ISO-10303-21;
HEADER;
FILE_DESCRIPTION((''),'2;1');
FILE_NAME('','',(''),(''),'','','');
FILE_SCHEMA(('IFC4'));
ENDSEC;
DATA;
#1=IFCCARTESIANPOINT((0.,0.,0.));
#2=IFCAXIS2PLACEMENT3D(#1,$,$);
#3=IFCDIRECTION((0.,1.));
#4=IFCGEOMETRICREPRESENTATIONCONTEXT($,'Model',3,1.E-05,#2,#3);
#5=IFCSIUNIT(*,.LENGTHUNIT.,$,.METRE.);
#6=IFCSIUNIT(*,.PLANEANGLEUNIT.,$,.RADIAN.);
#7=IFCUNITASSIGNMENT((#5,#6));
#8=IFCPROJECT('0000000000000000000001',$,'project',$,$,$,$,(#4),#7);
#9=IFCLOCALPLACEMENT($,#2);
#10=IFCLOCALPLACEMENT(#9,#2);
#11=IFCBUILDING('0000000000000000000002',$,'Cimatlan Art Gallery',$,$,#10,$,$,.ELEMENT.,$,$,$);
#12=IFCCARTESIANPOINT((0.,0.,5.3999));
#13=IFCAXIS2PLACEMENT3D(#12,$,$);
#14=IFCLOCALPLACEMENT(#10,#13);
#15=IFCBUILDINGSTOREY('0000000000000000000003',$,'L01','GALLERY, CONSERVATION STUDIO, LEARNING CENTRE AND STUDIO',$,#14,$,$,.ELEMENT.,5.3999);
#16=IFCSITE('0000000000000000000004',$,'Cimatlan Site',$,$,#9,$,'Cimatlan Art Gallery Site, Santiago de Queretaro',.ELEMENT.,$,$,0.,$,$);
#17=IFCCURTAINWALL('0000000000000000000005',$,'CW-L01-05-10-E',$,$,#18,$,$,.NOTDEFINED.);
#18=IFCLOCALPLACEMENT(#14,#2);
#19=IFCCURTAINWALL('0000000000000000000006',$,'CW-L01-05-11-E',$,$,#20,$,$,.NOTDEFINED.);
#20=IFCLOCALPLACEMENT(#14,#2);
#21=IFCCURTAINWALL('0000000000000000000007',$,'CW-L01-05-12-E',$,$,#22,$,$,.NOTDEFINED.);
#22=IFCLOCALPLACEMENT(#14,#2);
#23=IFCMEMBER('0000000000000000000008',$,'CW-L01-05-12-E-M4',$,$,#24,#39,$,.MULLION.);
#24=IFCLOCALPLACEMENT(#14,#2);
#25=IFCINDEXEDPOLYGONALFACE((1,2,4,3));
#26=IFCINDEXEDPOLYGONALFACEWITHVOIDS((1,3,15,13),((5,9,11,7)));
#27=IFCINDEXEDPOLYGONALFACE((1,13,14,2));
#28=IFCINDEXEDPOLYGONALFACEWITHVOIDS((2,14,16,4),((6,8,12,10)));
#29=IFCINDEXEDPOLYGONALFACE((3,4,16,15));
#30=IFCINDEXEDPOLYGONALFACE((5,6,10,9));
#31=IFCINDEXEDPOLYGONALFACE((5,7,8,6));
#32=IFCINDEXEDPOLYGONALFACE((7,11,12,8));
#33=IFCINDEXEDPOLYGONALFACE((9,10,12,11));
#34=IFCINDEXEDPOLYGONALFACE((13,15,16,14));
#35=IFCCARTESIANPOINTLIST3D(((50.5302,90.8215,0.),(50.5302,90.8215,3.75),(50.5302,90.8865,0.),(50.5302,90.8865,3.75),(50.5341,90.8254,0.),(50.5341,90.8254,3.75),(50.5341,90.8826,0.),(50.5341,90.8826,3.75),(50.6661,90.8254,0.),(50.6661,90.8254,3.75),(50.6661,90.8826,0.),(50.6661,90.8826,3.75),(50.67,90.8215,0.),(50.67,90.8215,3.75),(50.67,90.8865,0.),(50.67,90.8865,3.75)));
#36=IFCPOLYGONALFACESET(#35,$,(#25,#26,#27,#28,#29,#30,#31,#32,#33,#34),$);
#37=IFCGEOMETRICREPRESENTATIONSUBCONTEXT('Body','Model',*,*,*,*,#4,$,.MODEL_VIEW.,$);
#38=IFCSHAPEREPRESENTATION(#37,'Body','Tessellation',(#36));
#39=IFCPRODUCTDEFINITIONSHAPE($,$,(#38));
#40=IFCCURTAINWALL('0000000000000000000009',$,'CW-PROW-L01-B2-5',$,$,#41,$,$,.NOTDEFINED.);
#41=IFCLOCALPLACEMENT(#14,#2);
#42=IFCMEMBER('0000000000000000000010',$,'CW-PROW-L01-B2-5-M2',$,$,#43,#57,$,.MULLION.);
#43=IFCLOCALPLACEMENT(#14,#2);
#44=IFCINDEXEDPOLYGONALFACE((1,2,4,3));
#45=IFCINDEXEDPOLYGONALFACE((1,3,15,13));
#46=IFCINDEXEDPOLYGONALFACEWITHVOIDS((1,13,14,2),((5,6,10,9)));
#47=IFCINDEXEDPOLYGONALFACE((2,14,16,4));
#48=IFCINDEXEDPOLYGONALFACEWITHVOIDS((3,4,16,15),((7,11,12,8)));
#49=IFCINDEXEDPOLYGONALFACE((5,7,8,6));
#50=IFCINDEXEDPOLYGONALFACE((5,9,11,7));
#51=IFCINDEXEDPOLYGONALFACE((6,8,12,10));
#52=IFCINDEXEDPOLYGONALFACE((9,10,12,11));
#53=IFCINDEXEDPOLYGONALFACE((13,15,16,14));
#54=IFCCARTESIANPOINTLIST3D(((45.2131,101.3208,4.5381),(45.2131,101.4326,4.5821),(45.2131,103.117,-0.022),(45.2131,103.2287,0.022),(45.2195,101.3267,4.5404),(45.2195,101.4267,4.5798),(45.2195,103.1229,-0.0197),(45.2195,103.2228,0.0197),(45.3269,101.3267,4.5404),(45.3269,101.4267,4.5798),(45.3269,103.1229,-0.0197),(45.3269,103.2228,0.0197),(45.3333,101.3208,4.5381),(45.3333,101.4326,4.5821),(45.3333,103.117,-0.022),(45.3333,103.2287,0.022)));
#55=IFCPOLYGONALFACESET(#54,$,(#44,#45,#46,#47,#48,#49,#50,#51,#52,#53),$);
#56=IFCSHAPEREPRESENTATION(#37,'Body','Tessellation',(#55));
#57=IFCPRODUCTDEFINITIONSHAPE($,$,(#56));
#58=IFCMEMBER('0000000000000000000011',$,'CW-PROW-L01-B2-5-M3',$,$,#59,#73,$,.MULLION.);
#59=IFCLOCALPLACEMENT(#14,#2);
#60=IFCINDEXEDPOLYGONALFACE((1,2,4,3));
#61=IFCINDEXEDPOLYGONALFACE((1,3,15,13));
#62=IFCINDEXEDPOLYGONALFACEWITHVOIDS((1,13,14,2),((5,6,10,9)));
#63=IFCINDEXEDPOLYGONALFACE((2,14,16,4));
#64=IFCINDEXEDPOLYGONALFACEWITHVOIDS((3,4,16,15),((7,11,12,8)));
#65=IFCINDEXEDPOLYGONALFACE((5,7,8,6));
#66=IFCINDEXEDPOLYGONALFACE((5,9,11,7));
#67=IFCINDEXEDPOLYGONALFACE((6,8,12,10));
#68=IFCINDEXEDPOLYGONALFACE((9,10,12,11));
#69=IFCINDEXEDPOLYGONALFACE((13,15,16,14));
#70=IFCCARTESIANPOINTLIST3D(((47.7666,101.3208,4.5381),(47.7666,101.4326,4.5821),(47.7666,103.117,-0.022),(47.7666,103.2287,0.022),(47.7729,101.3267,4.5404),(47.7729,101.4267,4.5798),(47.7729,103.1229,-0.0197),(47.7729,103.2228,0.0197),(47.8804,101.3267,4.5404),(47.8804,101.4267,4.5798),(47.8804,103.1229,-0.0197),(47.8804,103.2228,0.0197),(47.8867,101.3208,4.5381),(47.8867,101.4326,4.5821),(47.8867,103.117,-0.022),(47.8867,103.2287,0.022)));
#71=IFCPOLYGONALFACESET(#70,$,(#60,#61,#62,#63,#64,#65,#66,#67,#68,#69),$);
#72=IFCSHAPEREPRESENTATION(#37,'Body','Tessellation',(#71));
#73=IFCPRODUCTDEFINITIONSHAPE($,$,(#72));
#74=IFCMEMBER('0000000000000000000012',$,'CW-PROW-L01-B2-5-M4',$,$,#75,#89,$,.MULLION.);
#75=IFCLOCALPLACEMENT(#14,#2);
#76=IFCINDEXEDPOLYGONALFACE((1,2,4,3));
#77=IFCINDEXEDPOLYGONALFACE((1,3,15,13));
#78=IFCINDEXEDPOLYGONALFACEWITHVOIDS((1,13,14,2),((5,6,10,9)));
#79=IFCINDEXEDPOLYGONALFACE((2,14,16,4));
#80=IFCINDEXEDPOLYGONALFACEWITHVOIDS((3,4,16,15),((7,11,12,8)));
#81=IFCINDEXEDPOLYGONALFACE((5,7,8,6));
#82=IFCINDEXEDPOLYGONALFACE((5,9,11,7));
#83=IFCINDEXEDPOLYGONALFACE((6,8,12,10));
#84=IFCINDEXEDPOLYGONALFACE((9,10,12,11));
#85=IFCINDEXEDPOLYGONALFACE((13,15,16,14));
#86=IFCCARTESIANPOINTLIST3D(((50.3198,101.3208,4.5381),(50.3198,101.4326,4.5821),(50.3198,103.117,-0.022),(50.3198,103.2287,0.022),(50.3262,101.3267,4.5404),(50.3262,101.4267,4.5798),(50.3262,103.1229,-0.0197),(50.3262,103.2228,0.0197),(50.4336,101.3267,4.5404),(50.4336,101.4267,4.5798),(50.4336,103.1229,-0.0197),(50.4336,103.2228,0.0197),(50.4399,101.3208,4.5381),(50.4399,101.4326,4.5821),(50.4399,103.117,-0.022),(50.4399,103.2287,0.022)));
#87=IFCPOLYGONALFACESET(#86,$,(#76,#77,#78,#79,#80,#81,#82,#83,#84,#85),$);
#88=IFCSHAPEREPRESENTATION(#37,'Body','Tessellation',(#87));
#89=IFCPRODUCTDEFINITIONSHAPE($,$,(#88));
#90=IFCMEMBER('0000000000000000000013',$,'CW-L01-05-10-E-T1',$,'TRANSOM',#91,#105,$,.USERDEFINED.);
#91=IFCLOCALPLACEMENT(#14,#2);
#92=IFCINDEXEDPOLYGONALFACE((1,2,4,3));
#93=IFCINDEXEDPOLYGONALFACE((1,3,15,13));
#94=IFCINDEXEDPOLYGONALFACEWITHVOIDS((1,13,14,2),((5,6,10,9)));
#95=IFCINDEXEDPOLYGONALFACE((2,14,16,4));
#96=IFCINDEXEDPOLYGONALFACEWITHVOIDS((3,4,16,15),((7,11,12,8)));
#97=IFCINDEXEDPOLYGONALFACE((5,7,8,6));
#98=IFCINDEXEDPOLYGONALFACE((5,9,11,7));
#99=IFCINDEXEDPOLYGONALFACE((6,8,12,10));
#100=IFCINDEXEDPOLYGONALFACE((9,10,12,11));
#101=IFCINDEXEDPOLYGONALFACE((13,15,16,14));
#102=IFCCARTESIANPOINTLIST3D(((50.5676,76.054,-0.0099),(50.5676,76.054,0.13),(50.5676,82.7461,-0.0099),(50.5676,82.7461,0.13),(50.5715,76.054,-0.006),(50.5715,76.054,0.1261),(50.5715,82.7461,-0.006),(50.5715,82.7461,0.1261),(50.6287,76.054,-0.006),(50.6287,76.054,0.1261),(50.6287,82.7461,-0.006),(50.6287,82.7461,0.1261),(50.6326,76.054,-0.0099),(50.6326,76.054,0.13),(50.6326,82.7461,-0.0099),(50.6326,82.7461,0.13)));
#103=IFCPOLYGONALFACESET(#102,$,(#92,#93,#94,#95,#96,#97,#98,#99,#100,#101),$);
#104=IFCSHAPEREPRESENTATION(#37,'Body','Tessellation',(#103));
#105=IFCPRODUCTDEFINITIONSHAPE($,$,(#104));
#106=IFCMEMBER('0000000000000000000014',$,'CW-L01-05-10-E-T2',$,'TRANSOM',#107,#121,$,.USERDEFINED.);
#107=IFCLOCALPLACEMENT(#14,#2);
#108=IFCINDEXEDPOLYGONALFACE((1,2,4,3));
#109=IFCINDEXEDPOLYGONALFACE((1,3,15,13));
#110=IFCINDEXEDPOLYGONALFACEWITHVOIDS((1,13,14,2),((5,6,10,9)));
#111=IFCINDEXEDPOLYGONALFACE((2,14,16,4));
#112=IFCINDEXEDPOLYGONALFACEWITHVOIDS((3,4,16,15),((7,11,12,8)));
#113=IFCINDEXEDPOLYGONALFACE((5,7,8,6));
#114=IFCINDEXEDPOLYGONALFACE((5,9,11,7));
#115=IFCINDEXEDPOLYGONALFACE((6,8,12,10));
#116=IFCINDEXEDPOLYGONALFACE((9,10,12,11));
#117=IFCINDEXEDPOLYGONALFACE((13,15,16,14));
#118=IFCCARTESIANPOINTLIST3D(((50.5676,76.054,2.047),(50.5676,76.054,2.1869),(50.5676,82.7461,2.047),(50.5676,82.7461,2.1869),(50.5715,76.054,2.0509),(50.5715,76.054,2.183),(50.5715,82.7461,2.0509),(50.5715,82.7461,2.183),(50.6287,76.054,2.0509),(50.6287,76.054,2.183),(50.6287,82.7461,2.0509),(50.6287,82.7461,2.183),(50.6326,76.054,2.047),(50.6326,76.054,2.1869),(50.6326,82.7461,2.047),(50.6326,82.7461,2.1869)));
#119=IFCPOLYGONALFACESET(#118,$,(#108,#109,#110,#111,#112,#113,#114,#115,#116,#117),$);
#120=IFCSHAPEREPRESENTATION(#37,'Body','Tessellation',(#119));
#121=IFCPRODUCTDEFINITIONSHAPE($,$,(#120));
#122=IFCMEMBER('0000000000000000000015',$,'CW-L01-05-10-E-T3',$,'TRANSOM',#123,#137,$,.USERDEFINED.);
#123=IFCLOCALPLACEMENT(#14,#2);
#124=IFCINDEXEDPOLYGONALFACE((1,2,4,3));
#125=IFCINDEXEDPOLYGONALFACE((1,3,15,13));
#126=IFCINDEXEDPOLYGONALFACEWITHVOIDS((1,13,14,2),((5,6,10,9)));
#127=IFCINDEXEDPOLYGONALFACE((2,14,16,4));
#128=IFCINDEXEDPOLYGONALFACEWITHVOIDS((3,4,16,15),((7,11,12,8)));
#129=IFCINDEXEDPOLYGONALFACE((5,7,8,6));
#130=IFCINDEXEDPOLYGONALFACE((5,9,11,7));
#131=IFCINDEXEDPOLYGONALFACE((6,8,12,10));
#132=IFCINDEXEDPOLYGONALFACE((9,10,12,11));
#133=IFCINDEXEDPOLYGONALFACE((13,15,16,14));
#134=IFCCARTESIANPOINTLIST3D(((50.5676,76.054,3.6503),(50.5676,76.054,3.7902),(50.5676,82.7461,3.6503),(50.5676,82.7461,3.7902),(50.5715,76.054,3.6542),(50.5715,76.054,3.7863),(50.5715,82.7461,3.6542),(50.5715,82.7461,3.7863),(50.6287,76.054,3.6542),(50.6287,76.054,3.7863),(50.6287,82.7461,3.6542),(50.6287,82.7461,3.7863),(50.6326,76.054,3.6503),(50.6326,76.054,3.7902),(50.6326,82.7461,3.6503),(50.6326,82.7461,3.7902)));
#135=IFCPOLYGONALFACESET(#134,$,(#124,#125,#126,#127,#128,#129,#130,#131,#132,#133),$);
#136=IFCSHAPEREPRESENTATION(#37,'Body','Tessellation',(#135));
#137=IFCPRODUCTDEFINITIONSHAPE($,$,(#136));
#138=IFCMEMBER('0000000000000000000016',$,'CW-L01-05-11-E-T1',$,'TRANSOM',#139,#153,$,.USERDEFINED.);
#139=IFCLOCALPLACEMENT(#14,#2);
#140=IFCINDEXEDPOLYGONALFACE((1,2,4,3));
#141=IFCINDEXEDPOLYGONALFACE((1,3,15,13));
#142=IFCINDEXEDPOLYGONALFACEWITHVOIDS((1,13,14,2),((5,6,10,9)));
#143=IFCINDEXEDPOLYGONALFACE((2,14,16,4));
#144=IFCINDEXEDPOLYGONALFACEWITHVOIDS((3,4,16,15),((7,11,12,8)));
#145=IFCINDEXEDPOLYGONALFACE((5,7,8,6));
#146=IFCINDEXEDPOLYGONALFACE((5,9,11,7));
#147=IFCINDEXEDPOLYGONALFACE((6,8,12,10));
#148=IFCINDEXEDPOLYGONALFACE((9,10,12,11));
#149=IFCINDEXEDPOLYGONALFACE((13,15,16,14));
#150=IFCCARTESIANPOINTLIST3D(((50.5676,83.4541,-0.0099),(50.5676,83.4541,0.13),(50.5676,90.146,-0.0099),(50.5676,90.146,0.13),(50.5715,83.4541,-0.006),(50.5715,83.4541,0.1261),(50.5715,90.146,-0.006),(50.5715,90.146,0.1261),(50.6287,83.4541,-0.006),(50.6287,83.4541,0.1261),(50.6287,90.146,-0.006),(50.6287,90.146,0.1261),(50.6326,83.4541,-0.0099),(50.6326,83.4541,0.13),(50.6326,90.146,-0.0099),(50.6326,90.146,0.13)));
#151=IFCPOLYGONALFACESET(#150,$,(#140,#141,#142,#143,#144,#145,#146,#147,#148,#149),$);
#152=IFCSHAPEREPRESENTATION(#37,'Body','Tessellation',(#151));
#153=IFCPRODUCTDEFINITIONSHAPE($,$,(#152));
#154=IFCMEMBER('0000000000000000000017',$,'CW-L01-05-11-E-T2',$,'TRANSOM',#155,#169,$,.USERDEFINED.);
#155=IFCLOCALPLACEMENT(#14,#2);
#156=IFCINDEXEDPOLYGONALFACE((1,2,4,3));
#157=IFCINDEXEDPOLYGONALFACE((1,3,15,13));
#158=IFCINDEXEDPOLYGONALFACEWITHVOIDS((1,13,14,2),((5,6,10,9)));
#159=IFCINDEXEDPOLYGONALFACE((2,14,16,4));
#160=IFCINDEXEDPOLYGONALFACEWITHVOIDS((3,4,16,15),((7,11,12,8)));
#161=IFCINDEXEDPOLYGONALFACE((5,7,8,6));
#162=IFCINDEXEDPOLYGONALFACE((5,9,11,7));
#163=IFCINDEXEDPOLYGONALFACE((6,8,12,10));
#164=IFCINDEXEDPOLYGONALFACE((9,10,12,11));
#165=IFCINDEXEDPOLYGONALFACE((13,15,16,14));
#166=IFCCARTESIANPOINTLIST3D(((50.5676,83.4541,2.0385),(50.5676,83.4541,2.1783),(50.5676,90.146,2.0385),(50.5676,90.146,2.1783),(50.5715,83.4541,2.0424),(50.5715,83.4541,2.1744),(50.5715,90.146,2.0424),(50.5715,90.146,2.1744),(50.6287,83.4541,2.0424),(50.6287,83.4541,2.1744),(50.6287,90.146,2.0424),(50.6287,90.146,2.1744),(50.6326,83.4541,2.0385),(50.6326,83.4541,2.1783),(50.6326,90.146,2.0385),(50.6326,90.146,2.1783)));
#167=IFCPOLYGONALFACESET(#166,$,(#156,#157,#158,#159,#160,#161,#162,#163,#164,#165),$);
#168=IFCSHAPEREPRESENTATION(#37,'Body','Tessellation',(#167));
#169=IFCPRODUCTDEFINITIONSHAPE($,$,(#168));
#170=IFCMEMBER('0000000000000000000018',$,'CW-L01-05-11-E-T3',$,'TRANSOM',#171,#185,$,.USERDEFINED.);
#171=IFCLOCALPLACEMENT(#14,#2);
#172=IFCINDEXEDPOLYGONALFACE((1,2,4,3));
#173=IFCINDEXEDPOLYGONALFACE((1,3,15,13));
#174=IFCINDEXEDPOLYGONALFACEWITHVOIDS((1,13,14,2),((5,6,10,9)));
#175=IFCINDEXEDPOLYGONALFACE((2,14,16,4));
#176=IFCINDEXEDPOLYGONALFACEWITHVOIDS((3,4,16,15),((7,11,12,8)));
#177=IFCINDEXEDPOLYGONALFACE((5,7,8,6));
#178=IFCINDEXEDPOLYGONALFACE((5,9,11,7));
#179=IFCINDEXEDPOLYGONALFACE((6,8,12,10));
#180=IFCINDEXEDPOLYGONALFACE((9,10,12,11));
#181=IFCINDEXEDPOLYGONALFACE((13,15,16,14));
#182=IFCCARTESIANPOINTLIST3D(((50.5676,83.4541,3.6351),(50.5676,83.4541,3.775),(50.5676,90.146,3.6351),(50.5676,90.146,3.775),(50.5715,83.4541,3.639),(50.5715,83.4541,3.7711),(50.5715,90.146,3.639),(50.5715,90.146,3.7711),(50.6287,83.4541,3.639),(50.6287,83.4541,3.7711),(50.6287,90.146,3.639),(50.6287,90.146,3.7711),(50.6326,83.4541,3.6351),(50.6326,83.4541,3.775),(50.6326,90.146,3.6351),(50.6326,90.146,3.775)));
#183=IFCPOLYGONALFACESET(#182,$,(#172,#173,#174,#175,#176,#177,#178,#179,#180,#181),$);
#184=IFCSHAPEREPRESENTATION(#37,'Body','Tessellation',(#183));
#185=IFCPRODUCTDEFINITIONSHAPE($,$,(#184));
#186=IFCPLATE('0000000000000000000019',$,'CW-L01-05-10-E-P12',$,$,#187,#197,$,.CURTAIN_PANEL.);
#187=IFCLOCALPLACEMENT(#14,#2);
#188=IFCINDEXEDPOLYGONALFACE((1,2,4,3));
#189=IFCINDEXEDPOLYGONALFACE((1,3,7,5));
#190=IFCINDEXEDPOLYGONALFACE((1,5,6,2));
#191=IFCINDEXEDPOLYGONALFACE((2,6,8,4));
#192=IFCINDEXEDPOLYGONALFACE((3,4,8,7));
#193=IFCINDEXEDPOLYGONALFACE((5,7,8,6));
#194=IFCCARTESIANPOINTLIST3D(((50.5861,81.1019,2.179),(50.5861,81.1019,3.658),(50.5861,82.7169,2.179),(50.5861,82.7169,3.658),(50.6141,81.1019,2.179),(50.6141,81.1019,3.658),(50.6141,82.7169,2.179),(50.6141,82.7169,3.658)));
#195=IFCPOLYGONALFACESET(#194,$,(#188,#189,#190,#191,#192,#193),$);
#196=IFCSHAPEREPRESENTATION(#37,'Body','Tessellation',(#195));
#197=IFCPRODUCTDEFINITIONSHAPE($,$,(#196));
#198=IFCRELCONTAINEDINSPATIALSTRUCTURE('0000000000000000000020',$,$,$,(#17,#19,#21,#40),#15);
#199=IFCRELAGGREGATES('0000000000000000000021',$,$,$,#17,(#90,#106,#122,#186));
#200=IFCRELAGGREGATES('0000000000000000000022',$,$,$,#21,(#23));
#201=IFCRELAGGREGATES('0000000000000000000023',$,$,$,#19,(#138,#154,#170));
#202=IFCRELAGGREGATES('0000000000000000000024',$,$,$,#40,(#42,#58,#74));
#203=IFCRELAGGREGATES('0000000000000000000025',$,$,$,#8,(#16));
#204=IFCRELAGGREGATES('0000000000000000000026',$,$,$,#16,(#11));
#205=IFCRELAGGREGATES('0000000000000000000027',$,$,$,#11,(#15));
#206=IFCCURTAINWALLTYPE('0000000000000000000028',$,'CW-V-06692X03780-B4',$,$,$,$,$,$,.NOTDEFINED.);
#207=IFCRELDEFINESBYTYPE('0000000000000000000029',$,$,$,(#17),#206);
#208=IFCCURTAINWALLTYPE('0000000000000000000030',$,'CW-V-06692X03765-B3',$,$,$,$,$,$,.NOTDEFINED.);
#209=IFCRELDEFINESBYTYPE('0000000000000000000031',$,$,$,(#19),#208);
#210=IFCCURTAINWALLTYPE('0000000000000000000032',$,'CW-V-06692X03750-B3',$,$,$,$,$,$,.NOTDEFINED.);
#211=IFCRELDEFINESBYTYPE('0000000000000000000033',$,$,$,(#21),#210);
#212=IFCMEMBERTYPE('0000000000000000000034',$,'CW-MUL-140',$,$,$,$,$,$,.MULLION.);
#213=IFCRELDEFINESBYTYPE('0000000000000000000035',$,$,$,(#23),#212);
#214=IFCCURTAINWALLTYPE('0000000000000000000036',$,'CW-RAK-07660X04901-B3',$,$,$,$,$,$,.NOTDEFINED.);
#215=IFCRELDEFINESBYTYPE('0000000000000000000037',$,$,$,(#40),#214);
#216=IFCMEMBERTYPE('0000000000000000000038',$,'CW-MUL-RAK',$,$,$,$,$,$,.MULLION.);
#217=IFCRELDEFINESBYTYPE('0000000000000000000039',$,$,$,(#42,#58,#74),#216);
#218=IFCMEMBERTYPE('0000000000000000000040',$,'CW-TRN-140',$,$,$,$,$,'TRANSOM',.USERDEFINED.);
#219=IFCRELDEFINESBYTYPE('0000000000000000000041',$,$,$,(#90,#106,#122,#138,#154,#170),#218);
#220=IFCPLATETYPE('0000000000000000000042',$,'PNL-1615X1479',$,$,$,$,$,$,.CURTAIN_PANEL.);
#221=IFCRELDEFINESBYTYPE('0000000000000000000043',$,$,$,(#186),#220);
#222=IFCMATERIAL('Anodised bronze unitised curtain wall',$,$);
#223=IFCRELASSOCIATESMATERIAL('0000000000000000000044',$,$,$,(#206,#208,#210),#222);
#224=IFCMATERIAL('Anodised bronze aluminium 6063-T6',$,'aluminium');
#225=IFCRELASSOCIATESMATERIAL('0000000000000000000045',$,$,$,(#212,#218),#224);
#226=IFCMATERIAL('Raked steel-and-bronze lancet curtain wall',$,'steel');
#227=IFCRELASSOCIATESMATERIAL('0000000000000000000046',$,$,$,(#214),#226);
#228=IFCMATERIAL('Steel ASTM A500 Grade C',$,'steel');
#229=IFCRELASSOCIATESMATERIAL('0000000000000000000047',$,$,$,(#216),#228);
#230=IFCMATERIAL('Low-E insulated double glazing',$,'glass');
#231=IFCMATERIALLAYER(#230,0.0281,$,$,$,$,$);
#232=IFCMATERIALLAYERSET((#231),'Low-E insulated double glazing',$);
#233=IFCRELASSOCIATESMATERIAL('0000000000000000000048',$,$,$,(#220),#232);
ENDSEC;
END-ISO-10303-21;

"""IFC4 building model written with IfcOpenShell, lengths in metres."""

from ifc_helpers import new_model, si_unit, direction, frame, origin, origin_2d, place, context, subcontext, project, spatial, rectangle, hollow_rectangle, extrude, material, layer, layer_set, material_profile, profile_set, type_object, element, aggregate, save


model = new_model("IFC4")

# Units and contexts
model_context = context("Model", 3, precision=1e-05, world=origin(), true_north=direction((0.0, 1.0)))
body_context = subcontext(model_context, "Body", "Model", "MODEL_VIEW")
ifc_project = project(units=[si_unit("LENGTHUNIT", "METRE"), si_unit("PLANEANGLEUNIT", "RADIAN")], contexts=[model_context])

# Site, building, storey
site_placement = place(None, origin())
site = spatial("IfcSite", under=ifc_project, at=site_placement, Name="Cimatlan Site", LongName="Cimatlan Art Gallery Site, Santiago de Queretaro", CompositionType="ELEMENT", RefElevation=0.0)
building_placement = place(site_placement, origin())
building = spatial("IfcBuilding", under=site, at=building_placement, Name="Cimatlan Art Gallery", CompositionType="ELEMENT")
storey_placement = place(building_placement, frame((0.0, 0.0, 5.3999)))
storey = spatial("IfcBuildingStorey", under=building, at=storey_placement, Name="L01", Description="GALLERY, CONSERVATION STUDIO, LEARNING CENTRE AND STUDIO", CompositionType="ELEMENT", Elevation=5.3999)

# Curtain wall
ifc_material_1 = material(Name="Anodised bronze unitised curtain wall")
curtain_wall_type_1 = type_object("IfcCurtainWallType", Name="CW-V-06692X03780-B4", PredefinedType="NOTDEFINED", material=ifc_material_1)
curtain_wall_1_placement = place(storey_placement, origin())
curtain_wall_1 = element("IfcCurtainWall", 1, at=curtain_wall_1_placement, inside=storey, type_object=curtain_wall_type_1, Name="CW-L01-05-10-E", PredefinedType="NOTDEFINED")
ifc_material_2 = material(Name="Anodised bronze aluminium 6063-T6", Category="aluminium")
ifc_material_profile_1 = material_profile(ifc_material_2, hollow_rectangle(XDim=0.0649, YDim=0.1399, WallThickness=0.0039, at=origin_2d()), Name="ALU65X140X4")
ifc_profile_set_1 = profile_set([ifc_material_profile_1], Name="Anodised bronze aluminium 6063-T6")
member_type_1 = type_object("IfcMemberType", Name="CW-MUL-140", PredefinedType="MULLION", material=ifc_profile_set_1)

# Curtain walls, members
curtain_wall_type_2 = type_object("IfcCurtainWallType", Name="CW-V-06692X03765-B3", PredefinedType="NOTDEFINED", material=ifc_material_1)
curtain_wall_2_placement = place(storey_placement, origin())
curtain_wall_2 = element("IfcCurtainWall", 2, at=curtain_wall_2_placement, inside=storey, type_object=curtain_wall_type_2, Name="CW-L01-05-11-E", PredefinedType="NOTDEFINED")
curtain_wall_type_3 = type_object("IfcCurtainWallType", Name="CW-V-06692X03750-B3", PredefinedType="NOTDEFINED", material=ifc_material_1)
curtain_wall_3_placement = place(storey_placement, origin())
curtain_wall_3 = element("IfcCurtainWall", 3, at=curtain_wall_3_placement, inside=storey, type_object=curtain_wall_type_3, Name="CW-L01-05-12-E", PredefinedType="NOTDEFINED")
member_1_placement = place(storey_placement, frame((50.6001, 90.854, 0.0), z_axis=(0.0, 0.0, 1.0), x_axis=(0.0, 1.0, 0.0)))
member_1 = element("IfcMember", 4, at=member_1_placement, type_object=member_type_1, Name="CW-L01-05-12-E-M4", PredefinedType="MULLION", context=body_context, shape_type="SweptSolid", body=[
    extrude(hollow_rectangle(XDim=0.0649, YDim=0.1399, WallThickness=0.0039, at=origin_2d()), origin(), (0.0, 0.0, 1.0), 3.75),
])
ifc_material_3 = material(Name="Raked steel-and-bronze lancet curtain wall", Category="steel")
curtain_wall_type_4 = type_object("IfcCurtainWallType", Name="CW-RAK-07660X04901-B3", PredefinedType="NOTDEFINED", material=ifc_material_3)
curtain_wall_4_placement = place(storey_placement, origin())
curtain_wall_4 = element("IfcCurtainWall", 5, at=curtain_wall_4_placement, inside=storey, type_object=curtain_wall_type_4, Name="CW-PROW-L01-B2-5", PredefinedType="NOTDEFINED")
ifc_material_4 = material(Name="Steel ASTM A500 Grade C", Category="steel")
ifc_material_profile_2 = material_profile(ifc_material_4, hollow_rectangle(XDim=0.1201, YDim=0.1201, WallThickness=0.0063, at=origin_2d()), Name="HSS120X120X6")
ifc_profile_set_2 = profile_set([ifc_material_profile_2], Name="Steel ASTM A500 Grade C")
member_type_2 = type_object("IfcMemberType", Name="CW-MUL-RAK", PredefinedType="MULLION", material=ifc_profile_set_2)
member_2_placement = place(storey_placement, frame((45.2732, 103.1729, 0.0), z_axis=(0.0, -0.366481, 0.930425), x_axis=(1.0, 0.0, 0.0)))
member_2 = element("IfcMember", 6, at=member_2_placement, type_object=member_type_2, Name="CW-PROW-L01-B2-5-M2", PredefinedType="MULLION", context=body_context, shape_type="SweptSolid", body=[
    extrude(hollow_rectangle(XDim=0.1201, YDim=0.1201, WallThickness=0.0063, at=origin_2d()), origin(), (0.0, 0.0, 1.0), 4.9011),
])
member_3_placement = place(storey_placement, frame((47.8267, 103.1729, 0.0), z_axis=(0.0, -0.366481, 0.930425), x_axis=(1.0, 0.0, 0.0)))
member_3 = element("IfcMember", 7, at=member_3_placement, type_object=member_type_2, Name="CW-PROW-L01-B2-5-M3", PredefinedType="MULLION", context=body_context, shape_type="SweptSolid", body=[
    extrude(hollow_rectangle(XDim=0.1201, YDim=0.1201, WallThickness=0.0063, at=origin_2d()), origin(), (0.0, 0.0, 1.0), 4.9011),
])
member_4_placement = place(storey_placement, frame((50.3799, 103.1729, 0.0), z_axis=(0.0, -0.366481, 0.930425), x_axis=(1.0, 0.0, 0.0)))
member_4 = element("IfcMember", 8, at=member_4_placement, type_object=member_type_2, Name="CW-PROW-L01-B2-5-M4", PredefinedType="MULLION", context=body_context, shape_type="SweptSolid", body=[
    extrude(hollow_rectangle(XDim=0.1201, YDim=0.1201, WallThickness=0.0063, at=origin_2d()), origin(), (0.0, 0.0, 1.0), 4.9011),
])

# Members
ifc_material_profile_3 = material_profile(ifc_material_2, hollow_rectangle(XDim=0.0649, YDim=0.1399, WallThickness=0.0039, at=origin_2d()), Name="ALU65X140X4")
ifc_profile_set_3 = profile_set([ifc_material_profile_3], Name="Anodised bronze aluminium 6063-T6")
member_type_3 = type_object("IfcMemberType", Name="CW-TRN-140", ElementType="TRANSOM", PredefinedType="USERDEFINED", material=ifc_profile_set_3)
member_5_placement = place(storey_placement, frame((50.6001, 82.7461, 0.0601), z_axis=(0.0, -1.0, 0.0), x_axis=(1.0, 0.0, 0.0)))
member_5 = element("IfcMember", 9, at=member_5_placement, type_object=member_type_3, Name="CW-L01-05-10-E-T1", ObjectType="TRANSOM", PredefinedType="USERDEFINED", context=body_context, shape_type="SweptSolid", body=[
    extrude(hollow_rectangle(XDim=0.0649, YDim=0.1399, WallThickness=0.0039, at=origin_2d()), origin(), (0.0, 0.0, 1.0), 6.6921),
])
member_6_placement = place(storey_placement, frame((50.6001, 82.7461, 2.1169), z_axis=(0.0, -1.0, 0.0), x_axis=(1.0, 0.0, 0.0)))
member_6 = element("IfcMember", 10, at=member_6_placement, type_object=member_type_3, Name="CW-L01-05-10-E-T2", ObjectType="TRANSOM", PredefinedType="USERDEFINED", context=body_context, shape_type="SweptSolid", body=[
    extrude(hollow_rectangle(XDim=0.0649, YDim=0.1399, WallThickness=0.0039, at=origin_2d()), origin(), (0.0, 0.0, 1.0), 6.6921),
])
member_7_placement = place(storey_placement, frame((50.6001, 82.7461, 3.7202), z_axis=(0.0, -1.0, 0.0), x_axis=(1.0, 0.0, 0.0)))
member_7 = element("IfcMember", 11, at=member_7_placement, type_object=member_type_3, Name="CW-L01-05-10-E-T3", ObjectType="TRANSOM", PredefinedType="USERDEFINED", context=body_context, shape_type="SweptSolid", body=[
    extrude(hollow_rectangle(XDim=0.0649, YDim=0.1399, WallThickness=0.0039, at=origin_2d()), origin(), (0.0, 0.0, 1.0), 6.6921),
])
member_8_placement = place(storey_placement, frame((50.6001, 90.146, 0.0601), z_axis=(0.0, -1.0, 0.0), x_axis=(1.0, 0.0, 0.0)))
member_8 = element("IfcMember", 12, at=member_8_placement, type_object=member_type_3, Name="CW-L01-05-11-E-T1", ObjectType="TRANSOM", PredefinedType="USERDEFINED", context=body_context, shape_type="SweptSolid", body=[
    extrude(hollow_rectangle(XDim=0.0649, YDim=0.1399, WallThickness=0.0039, at=origin_2d()), origin(), (0.0, 0.0, 1.0), 6.6919),
])
member_9_placement = place(storey_placement, frame((50.6001, 90.146, 2.1084), z_axis=(0.0, -1.0, 0.0), x_axis=(1.0, 0.0, 0.0)))
member_9 = element("IfcMember", 13, at=member_9_placement, type_object=member_type_3, Name="CW-L01-05-11-E-T2", ObjectType="TRANSOM", PredefinedType="USERDEFINED", context=body_context, shape_type="SweptSolid", body=[
    extrude(hollow_rectangle(XDim=0.0649, YDim=0.1399, WallThickness=0.0039, at=origin_2d()), origin(), (0.0, 0.0, 1.0), 6.6919),
])
member_10_placement = place(storey_placement, frame((50.6001, 90.146, 3.7051), z_axis=(0.0, -1.0, 0.0), x_axis=(1.0, 0.0, 0.0)))
member_10 = element("IfcMember", 14, at=member_10_placement, type_object=member_type_3, Name="CW-L01-05-11-E-T3", ObjectType="TRANSOM", PredefinedType="USERDEFINED", context=body_context, shape_type="SweptSolid", body=[
    extrude(hollow_rectangle(XDim=0.0649, YDim=0.1399, WallThickness=0.0039, at=origin_2d()), origin(), (0.0, 0.0, 1.0), 6.6919),
])

# Plate
ifc_material_5 = material(Name="Low-E insulated double glazing", Category="glass")
ifc_layer_1 = layer(ifc_material_5, 0.0281)
ifc_layer_set_1 = layer_set([ifc_layer_1], Name="Low-E insulated double glazing")
plate_type_1 = type_object("IfcPlateType", Name="PNL-1615X1479", PredefinedType="CURTAIN_PANEL", material=ifc_layer_set_1)
plate_1_placement = place(storey_placement, frame((50.6001, 81.9094, 2.179), z_axis=(0.0, 0.0, 1.0), x_axis=(0.0, -1.0, 0.0)))
plate_1 = element("IfcPlate", 15, at=plate_1_placement, type_object=plate_type_1, Name="CW-L01-05-10-E-P12", PredefinedType="CURTAIN_PANEL", context=body_context, shape_type="SweptSolid", body=[
    extrude(rectangle(XDim=1.615, YDim=0.0281, at=origin_2d()), origin(), (0.0, 0.0, 1.0), 1.479),
])
aggregate(curtain_wall_1, [member_5, member_6, member_7, plate_1])
aggregate(curtain_wall_3, [member_1])
aggregate(curtain_wall_2, [member_8, member_9, member_10])
aggregate(curtain_wall_4, [member_2, member_3, member_4])

save(model, "model.ifc")
